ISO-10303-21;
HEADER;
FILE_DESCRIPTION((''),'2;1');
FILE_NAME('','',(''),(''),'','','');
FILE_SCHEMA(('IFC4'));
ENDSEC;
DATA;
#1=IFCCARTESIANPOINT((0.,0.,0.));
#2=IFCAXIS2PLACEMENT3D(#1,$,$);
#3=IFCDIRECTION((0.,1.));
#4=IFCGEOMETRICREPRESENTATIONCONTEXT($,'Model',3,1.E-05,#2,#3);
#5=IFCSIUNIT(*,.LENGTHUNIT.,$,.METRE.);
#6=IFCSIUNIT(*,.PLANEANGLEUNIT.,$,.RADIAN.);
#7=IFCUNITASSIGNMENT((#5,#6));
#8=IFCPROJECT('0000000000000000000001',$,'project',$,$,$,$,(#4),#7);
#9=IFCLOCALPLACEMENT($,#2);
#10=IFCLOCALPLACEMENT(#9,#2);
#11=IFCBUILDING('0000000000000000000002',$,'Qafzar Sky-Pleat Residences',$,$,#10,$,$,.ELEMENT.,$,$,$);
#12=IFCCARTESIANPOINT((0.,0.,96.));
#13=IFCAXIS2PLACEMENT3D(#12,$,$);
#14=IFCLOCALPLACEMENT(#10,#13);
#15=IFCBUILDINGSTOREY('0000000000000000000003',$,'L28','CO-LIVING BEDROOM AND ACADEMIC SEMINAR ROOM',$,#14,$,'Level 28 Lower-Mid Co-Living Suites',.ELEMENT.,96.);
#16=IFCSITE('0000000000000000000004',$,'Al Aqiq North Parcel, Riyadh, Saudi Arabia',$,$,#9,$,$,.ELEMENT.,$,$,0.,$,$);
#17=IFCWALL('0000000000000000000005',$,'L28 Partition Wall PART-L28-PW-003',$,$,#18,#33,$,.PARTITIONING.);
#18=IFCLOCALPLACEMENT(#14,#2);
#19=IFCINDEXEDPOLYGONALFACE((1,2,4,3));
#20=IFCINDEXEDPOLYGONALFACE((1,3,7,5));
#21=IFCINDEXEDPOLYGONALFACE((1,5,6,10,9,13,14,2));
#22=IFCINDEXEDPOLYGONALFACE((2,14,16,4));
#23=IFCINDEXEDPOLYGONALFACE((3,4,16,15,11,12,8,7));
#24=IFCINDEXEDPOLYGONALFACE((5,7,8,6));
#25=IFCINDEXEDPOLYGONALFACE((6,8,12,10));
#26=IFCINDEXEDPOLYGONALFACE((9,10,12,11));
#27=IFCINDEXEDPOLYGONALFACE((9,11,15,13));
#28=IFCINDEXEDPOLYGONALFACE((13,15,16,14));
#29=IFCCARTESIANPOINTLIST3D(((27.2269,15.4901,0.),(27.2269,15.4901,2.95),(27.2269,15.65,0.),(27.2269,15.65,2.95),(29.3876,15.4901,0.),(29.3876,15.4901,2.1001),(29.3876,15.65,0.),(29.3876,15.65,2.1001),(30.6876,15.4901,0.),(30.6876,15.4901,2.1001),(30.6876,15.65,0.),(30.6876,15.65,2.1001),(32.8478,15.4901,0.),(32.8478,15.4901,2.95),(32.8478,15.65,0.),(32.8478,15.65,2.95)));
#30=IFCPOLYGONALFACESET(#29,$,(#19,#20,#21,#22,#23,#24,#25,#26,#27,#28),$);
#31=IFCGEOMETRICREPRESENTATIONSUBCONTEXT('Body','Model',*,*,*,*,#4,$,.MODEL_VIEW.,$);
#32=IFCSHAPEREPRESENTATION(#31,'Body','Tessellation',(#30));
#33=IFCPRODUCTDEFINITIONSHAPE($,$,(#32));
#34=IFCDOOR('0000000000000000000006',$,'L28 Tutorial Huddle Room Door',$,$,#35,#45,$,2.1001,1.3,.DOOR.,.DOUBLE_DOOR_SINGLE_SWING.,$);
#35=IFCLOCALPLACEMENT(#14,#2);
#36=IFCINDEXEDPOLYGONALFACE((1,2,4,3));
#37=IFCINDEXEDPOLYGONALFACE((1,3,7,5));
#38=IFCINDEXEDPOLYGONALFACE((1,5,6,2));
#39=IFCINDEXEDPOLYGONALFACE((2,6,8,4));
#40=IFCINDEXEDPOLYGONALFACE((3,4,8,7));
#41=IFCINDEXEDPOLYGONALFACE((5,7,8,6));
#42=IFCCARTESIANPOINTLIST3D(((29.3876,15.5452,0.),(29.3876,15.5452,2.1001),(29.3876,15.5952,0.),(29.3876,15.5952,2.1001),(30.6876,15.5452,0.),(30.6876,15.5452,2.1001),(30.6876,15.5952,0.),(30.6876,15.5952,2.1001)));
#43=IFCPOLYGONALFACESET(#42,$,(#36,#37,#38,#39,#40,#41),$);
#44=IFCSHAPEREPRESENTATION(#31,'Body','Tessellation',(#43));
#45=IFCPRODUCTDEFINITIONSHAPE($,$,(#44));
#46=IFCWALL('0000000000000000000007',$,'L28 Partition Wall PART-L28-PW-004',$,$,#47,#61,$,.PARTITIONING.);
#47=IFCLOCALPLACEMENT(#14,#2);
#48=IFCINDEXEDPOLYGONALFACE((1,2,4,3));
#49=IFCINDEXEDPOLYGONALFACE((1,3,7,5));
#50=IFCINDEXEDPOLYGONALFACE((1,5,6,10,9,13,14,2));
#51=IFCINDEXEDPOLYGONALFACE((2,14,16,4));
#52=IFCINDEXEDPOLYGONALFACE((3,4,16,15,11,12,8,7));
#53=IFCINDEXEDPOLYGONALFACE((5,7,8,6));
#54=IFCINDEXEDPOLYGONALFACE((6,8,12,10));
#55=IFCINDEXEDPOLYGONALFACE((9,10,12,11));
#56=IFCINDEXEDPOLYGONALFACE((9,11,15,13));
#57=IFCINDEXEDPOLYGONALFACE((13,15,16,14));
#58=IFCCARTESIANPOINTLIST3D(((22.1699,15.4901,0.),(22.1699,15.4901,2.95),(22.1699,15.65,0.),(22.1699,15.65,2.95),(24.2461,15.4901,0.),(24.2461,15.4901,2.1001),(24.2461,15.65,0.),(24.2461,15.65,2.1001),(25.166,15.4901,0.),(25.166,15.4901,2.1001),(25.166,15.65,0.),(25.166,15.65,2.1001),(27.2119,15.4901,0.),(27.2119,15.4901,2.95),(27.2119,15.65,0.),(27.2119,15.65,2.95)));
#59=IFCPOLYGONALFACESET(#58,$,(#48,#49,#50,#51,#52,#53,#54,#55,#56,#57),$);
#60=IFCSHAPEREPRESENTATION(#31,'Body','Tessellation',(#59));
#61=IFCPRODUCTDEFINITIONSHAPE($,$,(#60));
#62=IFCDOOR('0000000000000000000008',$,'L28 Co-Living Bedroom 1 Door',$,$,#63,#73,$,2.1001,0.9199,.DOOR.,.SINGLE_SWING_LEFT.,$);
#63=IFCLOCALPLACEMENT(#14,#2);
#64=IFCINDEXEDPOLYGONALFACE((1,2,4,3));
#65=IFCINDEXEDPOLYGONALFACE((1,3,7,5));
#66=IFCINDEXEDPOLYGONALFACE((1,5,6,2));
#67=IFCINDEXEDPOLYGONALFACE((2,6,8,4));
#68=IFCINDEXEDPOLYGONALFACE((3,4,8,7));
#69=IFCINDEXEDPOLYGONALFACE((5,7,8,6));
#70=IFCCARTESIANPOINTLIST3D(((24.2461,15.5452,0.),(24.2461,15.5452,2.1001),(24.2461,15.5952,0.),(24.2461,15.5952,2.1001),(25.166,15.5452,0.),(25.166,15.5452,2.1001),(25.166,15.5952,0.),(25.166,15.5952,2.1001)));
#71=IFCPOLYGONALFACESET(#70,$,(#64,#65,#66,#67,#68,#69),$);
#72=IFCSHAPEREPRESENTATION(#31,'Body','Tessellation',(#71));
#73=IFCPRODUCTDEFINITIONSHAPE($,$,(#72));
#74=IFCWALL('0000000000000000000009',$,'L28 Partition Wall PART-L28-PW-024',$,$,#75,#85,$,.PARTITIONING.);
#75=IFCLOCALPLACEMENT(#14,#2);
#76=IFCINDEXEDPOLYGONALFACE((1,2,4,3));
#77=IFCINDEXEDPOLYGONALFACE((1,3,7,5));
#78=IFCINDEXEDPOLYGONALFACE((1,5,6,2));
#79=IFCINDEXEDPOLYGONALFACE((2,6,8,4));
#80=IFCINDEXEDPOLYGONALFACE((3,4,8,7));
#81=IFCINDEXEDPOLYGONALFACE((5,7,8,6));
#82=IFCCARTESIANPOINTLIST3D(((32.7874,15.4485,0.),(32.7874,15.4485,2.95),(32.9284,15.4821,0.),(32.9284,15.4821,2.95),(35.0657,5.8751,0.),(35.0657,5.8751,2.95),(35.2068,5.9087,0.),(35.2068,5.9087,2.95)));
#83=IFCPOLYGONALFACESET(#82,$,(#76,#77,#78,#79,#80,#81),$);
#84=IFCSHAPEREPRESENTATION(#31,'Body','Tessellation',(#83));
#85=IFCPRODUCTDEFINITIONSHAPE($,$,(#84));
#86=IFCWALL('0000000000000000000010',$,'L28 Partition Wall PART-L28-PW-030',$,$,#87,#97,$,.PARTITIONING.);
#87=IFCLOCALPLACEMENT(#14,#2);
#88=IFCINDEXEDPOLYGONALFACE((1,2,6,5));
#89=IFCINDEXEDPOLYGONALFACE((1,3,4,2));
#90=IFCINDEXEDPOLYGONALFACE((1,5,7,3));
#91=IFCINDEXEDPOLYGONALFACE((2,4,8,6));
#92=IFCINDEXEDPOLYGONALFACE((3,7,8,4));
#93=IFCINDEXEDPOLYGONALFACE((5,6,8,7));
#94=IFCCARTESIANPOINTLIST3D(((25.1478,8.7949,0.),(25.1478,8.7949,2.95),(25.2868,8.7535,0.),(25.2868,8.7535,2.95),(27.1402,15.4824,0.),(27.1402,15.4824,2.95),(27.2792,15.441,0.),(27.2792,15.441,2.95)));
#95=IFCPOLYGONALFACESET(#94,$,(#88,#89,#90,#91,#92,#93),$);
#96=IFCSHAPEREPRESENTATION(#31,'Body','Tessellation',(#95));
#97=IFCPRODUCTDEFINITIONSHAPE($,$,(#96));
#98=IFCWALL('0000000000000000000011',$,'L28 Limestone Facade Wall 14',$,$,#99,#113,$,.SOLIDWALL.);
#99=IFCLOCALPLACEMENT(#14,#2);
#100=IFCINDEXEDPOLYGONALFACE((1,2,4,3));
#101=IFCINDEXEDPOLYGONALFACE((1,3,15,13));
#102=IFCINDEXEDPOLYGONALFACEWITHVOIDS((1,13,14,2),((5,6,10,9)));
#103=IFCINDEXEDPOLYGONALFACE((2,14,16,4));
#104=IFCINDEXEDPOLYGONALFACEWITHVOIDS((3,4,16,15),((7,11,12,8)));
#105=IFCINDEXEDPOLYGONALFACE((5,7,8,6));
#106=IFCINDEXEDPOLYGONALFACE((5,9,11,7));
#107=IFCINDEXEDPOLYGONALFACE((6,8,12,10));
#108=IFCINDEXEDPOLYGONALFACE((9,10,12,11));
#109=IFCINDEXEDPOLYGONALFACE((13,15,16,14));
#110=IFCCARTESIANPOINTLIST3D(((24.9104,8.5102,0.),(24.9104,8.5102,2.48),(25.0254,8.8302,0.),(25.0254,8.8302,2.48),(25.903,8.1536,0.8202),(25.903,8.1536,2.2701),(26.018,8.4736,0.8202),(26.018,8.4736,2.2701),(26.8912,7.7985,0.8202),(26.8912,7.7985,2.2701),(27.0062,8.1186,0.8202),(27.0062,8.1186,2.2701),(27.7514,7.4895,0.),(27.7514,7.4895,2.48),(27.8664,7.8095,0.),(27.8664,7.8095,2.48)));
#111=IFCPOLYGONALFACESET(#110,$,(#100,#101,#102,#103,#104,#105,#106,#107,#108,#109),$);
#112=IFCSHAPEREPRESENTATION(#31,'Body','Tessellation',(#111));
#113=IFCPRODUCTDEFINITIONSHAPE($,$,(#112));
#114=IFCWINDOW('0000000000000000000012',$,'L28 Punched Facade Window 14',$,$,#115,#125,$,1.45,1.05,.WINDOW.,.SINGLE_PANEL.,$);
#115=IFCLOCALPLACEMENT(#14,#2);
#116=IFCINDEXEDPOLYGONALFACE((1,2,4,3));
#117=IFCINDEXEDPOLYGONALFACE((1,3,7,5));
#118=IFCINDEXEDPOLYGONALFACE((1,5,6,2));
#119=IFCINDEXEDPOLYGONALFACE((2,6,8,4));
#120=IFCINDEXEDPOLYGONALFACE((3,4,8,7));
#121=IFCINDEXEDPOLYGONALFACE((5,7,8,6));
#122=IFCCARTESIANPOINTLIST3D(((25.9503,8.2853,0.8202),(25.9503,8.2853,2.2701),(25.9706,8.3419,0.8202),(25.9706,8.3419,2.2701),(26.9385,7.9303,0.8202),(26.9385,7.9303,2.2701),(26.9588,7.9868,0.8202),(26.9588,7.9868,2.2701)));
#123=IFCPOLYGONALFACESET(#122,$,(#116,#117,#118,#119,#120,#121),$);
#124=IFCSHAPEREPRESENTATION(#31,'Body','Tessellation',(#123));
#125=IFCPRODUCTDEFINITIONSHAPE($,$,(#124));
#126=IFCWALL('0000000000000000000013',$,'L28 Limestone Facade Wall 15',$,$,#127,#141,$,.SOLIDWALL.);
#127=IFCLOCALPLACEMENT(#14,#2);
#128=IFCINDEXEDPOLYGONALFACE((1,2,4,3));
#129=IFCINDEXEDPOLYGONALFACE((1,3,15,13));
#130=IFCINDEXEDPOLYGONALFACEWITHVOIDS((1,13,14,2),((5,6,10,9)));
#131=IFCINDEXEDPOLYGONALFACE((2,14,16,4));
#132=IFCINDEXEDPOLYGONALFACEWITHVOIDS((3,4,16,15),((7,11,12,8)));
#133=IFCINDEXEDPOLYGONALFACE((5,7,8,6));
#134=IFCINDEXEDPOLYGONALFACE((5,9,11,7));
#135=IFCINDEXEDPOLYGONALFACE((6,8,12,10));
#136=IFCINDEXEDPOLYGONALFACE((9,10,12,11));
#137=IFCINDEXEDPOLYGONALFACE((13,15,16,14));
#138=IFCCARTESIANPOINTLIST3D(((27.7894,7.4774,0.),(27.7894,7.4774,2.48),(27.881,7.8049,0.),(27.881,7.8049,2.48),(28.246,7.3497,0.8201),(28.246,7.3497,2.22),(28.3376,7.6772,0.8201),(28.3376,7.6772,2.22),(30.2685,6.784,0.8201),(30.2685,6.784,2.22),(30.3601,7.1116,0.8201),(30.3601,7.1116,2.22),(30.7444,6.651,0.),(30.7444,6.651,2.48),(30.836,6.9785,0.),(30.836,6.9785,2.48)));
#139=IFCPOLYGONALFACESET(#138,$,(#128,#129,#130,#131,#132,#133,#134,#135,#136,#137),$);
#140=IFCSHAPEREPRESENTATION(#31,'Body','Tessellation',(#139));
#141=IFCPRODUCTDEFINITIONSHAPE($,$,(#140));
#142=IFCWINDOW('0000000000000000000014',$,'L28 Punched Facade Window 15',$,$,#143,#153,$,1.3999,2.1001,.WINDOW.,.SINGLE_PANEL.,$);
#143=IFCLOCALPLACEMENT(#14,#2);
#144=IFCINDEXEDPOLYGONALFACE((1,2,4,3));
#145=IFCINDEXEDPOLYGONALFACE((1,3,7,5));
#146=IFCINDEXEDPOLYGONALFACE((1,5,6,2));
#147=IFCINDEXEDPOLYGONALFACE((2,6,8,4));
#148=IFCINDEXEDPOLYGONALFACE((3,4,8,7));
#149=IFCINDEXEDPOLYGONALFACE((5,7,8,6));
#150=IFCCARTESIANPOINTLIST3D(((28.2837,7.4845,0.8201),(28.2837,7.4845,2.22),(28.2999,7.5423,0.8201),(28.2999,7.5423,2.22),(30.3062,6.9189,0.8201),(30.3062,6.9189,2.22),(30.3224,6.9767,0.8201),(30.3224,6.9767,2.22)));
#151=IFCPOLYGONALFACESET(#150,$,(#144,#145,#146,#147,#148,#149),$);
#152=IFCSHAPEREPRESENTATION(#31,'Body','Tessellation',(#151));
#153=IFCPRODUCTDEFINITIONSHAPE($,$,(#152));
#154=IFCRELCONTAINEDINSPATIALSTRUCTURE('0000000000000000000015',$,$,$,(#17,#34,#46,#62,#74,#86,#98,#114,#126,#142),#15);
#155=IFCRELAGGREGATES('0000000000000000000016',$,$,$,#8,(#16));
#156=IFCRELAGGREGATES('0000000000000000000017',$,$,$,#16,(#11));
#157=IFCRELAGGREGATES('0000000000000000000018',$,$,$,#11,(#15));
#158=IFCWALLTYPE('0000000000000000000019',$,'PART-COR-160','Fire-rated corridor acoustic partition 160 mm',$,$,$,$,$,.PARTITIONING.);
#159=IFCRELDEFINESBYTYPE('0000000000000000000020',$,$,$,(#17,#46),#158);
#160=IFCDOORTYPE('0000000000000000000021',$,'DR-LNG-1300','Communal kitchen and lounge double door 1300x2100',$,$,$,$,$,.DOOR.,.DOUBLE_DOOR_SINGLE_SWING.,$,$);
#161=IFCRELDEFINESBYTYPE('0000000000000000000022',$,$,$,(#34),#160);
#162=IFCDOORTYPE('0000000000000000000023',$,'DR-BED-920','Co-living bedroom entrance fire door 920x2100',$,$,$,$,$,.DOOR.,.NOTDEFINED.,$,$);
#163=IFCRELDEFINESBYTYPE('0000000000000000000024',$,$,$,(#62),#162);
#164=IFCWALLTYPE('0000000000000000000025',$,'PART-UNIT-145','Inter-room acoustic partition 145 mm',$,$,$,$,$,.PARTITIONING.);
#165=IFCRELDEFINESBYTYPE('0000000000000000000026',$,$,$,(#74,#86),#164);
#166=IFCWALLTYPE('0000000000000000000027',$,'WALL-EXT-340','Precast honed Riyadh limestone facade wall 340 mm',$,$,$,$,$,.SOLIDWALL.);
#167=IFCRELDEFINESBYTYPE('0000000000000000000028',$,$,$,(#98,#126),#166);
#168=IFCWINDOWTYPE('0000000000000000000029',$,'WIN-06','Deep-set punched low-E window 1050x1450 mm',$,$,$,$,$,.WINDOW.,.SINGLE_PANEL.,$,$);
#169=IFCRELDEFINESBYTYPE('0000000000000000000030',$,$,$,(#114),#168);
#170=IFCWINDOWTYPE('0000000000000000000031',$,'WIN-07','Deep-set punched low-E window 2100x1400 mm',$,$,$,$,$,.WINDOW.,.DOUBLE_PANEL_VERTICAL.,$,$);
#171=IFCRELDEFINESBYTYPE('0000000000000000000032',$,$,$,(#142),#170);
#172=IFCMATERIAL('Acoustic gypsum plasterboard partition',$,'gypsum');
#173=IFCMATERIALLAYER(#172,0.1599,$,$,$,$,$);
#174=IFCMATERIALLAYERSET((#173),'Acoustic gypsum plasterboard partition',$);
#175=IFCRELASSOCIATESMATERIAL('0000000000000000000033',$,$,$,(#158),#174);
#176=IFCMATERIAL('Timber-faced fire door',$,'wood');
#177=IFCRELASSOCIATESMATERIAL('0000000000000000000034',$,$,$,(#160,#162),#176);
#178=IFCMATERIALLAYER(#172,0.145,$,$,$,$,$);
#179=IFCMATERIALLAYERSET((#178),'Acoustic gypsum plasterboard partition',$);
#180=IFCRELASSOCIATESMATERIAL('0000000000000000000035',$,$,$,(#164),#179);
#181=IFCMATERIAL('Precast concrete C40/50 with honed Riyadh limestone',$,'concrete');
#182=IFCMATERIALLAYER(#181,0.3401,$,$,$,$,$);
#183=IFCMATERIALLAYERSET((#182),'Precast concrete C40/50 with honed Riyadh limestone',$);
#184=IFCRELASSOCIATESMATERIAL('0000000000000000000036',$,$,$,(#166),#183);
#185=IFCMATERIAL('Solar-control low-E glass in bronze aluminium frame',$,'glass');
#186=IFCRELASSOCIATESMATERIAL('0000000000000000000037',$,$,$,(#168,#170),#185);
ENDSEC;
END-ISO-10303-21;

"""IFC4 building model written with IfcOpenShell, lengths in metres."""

from ifc_helpers import new_model, si_unit, direction, frame, frame_2d, origin, place, context, subcontext, project, spatial, rectangle, extrude, source, transform, mapped, material, layer, layer_set, type_object, element, fill, save


model = new_model("IFC4")

# Units and contexts
model_context = context("Model", 3, precision=1e-05, world=origin(), true_north=direction((0.0, 1.0)))
body_context = subcontext(model_context, "Body", "Model", "MODEL_VIEW")
ifc_project = project(units=[si_unit("LENGTHUNIT", "METRE"), si_unit("PLANEANGLEUNIT", "RADIAN")], contexts=[model_context])

# Site, building, storey
site_placement = place(None, origin())
site = spatial("IfcSite", under=ifc_project, at=site_placement, Name="Al Aqiq North Parcel, Riyadh, Saudi Arabia", CompositionType="ELEMENT", RefElevation=0.0)
building_placement = place(site_placement, origin())
building = spatial("IfcBuilding", under=site, at=building_placement, Name="Qafzar Sky-Pleat Residences", CompositionType="ELEMENT")
storey_placement = place(building_placement, frame((0.0, 0.0, 96.0)))
storey = spatial("IfcBuildingStorey", under=building, at=storey_placement, Name="L28", Description="CO-LIVING BEDROOM AND ACADEMIC SEMINAR ROOM", LongName="Level 28 Lower-Mid Co-Living Suites", CompositionType="ELEMENT", Elevation=96.0)

# Walls, openings, doors
ifc_material_1 = material(Name="Acoustic gypsum plasterboard partition", Category="gypsum")
ifc_layer_1 = layer(ifc_material_1, 0.1599)
ifc_layer_set_1 = layer_set([ifc_layer_1], Name="Acoustic gypsum plasterboard partition")
wall_type_1 = type_object("IfcWallType", Name="PART-COR-160", Description="Fire-rated corridor acoustic partition 160 mm", PredefinedType="PARTITIONING", material=ifc_layer_set_1)
wall_1_placement = place(storey_placement, frame((32.8479, 15.5701, 0.0), z_axis=(0.0, 0.0, 1.0), x_axis=(-1.0, 0.0, 0.0)))
wall_1 = element("IfcWall", 1, at=wall_1_placement, inside=storey, type_object=wall_type_1, Name="L28 Partition Wall PART-L28-PW-003", PredefinedType="PARTITIONING", context=body_context, shape_type="SweptSolid", body=[
    extrude(rectangle(XDim=5.6208, YDim=0.1599, at=frame_2d((2.8105, 0.0))), origin(), (0.0, 0.0, 1.0), 2.95),
])
opening_1_placement = place(wall_1_placement, frame((2.1604, 0.0, 0.0)))
opening_1 = element("IfcOpeningElement", 2, at=opening_1_placement, cuts=wall_1, PredefinedType="OPENING", context=body_context, shape_type="SweptSolid", body=[
    extrude(rectangle(XDim=1.3, YDim=2.1001, at=frame_2d((0.6499, 1.05))), frame((0.0, 0.0898, 0.0), z_axis=(0.0, -1.0, 0.0), x_axis=(1.0, 0.0, 0.0)), (0.0, 0.0, 1.0), 0.1799),
])
ifc_material_2 = material(Name="Timber-faced fire door", Category="wood")
door_type_1 = type_object("IfcDoorType", Name="DR-LNG-1300", Description="Communal kitchen and lounge double door 1300x2100", OperationType="DOUBLE_DOOR_SINGLE_SWING", PredefinedType="DOOR", material=ifc_material_2)
shared_shape_1 = source(origin(), body_context, "Body", "SweptSolid", [
    extrude(rectangle(XDim=1.3, YDim=2.1001, at=frame_2d((0.6499, 1.05))), frame((0.0, 0.0249, 0.0), z_axis=(0.0, -1.0, 0.0), x_axis=(1.0, 0.0, 0.0)), (0.0, 0.0, 1.0), 0.05),
])
door_1_placement = place(opening_1_placement, origin())
door_1 = element("IfcDoor", 3, at=door_1_placement, inside=storey, type_object=door_type_1, Name="L28 Tutorial Huddle Room Door", OperationType="DOUBLE_DOOR_SINGLE_SWING", OverallHeight=2.1001, OverallWidth=1.3, PredefinedType="DOOR", context=body_context, shape_type="MappedRepresentation", body=[
    mapped(shared_shape_1, transform((0.0, 0.0, 0.0), x_axis=(1.0, 0.0, 0.0), y_axis=(0.0, 1.0, 0.0), z_axis=(0.0, 0.0, 1.0), scale=1.0)),
])
fill(opening_1, door_1)
wall_2_placement = place(storey_placement, frame((27.2119, 15.5701, 0.0), z_axis=(0.0, 0.0, 1.0), x_axis=(-1.0, 0.0, 0.0)))
wall_2 = element("IfcWall", 4, at=wall_2_placement, inside=storey, type_object=wall_type_1, Name="L28 Partition Wall PART-L28-PW-004", PredefinedType="PARTITIONING", context=body_context, shape_type="SweptSolid", body=[
    extrude(rectangle(XDim=5.042, YDim=0.1599, at=frame_2d((2.521, 0.0))), origin(), (0.0, 0.0, 1.0), 2.95),
])
opening_2_placement = place(wall_2_placement, frame((2.0459, 0.0, 0.0)))
opening_2 = element("IfcOpeningElement", 5, at=opening_2_placement, cuts=wall_2, PredefinedType="OPENING", context=body_context, shape_type="SweptSolid", body=[
    extrude(rectangle(XDim=0.9199, YDim=2.1001, at=frame_2d((0.46, 1.05))), frame((0.0, 0.0898, 0.0), z_axis=(0.0, -1.0, 0.0), x_axis=(1.0, 0.0, 0.0)), (0.0, 0.0, 1.0), 0.1799),
])
door_type_2 = type_object("IfcDoorType", Name="DR-BED-920", Description="Co-living bedroom entrance fire door 920x2100", OperationType="NOTDEFINED", PredefinedType="DOOR", material=ifc_material_2)
shared_shape_2 = source(origin(), body_context, "Body", "SweptSolid", [
    extrude(rectangle(XDim=0.9199, YDim=2.1001, at=frame_2d((0.46, 1.05))), frame((0.0, 0.0249, 0.0), z_axis=(0.0, -1.0, 0.0), x_axis=(1.0, 0.0, 0.0)), (0.0, 0.0, 1.0), 0.05),
])
door_2_placement = place(opening_2_placement, origin())
door_2 = element("IfcDoor", 6, at=door_2_placement, inside=storey, type_object=door_type_2, Name="L28 Co-Living Bedroom 1 Door", OperationType="SINGLE_SWING_LEFT", OverallHeight=2.1001, OverallWidth=0.9199, PredefinedType="DOOR", context=body_context, shape_type="MappedRepresentation", body=[
    mapped(shared_shape_2, transform((0.0, 0.0, 0.0), x_axis=(1.0, 0.0, 0.0), y_axis=(0.0, 1.0, 0.0), z_axis=(0.0, 0.0, 1.0), scale=1.0)),
])
fill(opening_2, door_2)

# Walls
ifc_layer_2 = layer(ifc_material_1, 0.145)
ifc_layer_set_2 = layer_set([ifc_layer_2], Name="Acoustic gypsum plasterboard partition")
wall_type_2 = type_object("IfcWallType", Name="PART-UNIT-145", Description="Inter-room acoustic partition 145 mm", PredefinedType="PARTITIONING", material=ifc_layer_set_2)
wall_3_placement = place(storey_placement, frame((32.8579, 15.4653, 0.0), z_axis=(0.0, 0.0, 1.0), x_axis=(0.231517, -0.972831, 0.0)))
element("IfcWall", 7, at=wall_3_placement, inside=storey, type_object=wall_type_2, Name="L28 Partition Wall PART-L28-PW-024", PredefinedType="PARTITIONING", context=body_context, shape_type="SweptSolid", body=[
    extrude(rectangle(XDim=9.8408, YDim=0.145, at=frame_2d((4.9204, 0.0))), origin(), (0.0, 0.0, 1.0), 2.95),
])
wall_4_placement = place(storey_placement, frame((25.2173, 8.7742, 0.0), z_axis=(0.0, 0.0, 1.0), x_axis=(0.285531, 0.95837, 0.0)))
element("IfcWall", 8, at=wall_4_placement, inside=storey, type_object=wall_type_2, Name="L28 Partition Wall PART-L28-PW-030", PredefinedType="PARTITIONING", context=body_context, shape_type="SweptSolid", body=[
    extrude(rectangle(XDim=6.978, YDim=0.145, at=frame_2d((3.489, 0.0))), origin(), (0.0, 0.0, 1.0), 2.95),
])

# Walls, openings, windows
ifc_material_3 = material(Name="Precast concrete C40/50 with honed Riyadh limestone", Category="concrete")
ifc_layer_3 = layer(ifc_material_3, 0.3401)
ifc_layer_set_3 = layer_set([ifc_layer_3], Name="Precast concrete C40/50 with honed Riyadh limestone")
wall_type_3 = type_object("IfcWallType", Name="WALL-EXT-340", Description="Precast honed Riyadh limestone facade wall 340 mm", PredefinedType="SOLIDWALL", material=ifc_layer_set_3)
wall_5_placement = place(storey_placement, frame((24.968, 8.6702, 0.0), z_axis=(0.0, 0.0, 1.0), x_axis=(0.941102, -0.338124, 0.0)))
wall_5 = element("IfcWall", 9, at=wall_5_placement, inside=storey, type_object=wall_type_3, Name="L28 Limestone Facade Wall 14", PredefinedType="SOLIDWALL", context=body_context, shape_type="SweptSolid", body=[
    extrude(rectangle(XDim=3.0188, YDim=0.3401, at=frame_2d((1.5093, 0.0))), origin(), (0.0, 0.0, 1.0), 2.48),
])
opening_3_placement = place(wall_5_placement, frame((1.0547, 0.0, 0.8201)))
opening_3 = element("IfcOpeningElement", 10, at=opening_3_placement, cuts=wall_5, PredefinedType="OPENING", context=body_context, shape_type="SweptSolid", body=[
    extrude(rectangle(XDim=1.05, YDim=1.45, at=frame_2d((0.5249, 0.7251))), frame((0.0, 0.1802, 0.0), z_axis=(0.0, -1.0, 0.0), x_axis=(1.0, 0.0, 0.0)), (0.0, 0.0, 1.0), 0.3601),
])
ifc_material_4 = material(Name="Solar-control low-E glass in bronze aluminium frame", Category="glass")
window_type_1 = type_object("IfcWindowType", Name="WIN-06", Description="Deep-set punched low-E window 1050x1450 mm", PartitioningType="SINGLE_PANEL", PredefinedType="WINDOW", material=ifc_material_4)
shared_shape_3 = source(origin(), body_context, "Body", "SweptSolid", [
    extrude(rectangle(XDim=1.05, YDim=1.45, at=frame_2d((0.5249, 0.7251))), frame((0.0, 0.03, 0.0), z_axis=(0.0, -1.0, 0.0), x_axis=(1.0, 0.0, 0.0)), (0.0, 0.0, 1.0), 0.0601),
])
window_1_placement = place(opening_3_placement, origin())
window_1 = element("IfcWindow", 11, at=window_1_placement, inside=storey, type_object=window_type_1, Name="L28 Punched Facade Window 14", OverallHeight=1.45, OverallWidth=1.05, PartitioningType="SINGLE_PANEL", PredefinedType="WINDOW", context=body_context, shape_type="MappedRepresentation", body=[
    mapped(shared_shape_3, transform((0.0, 0.0, 0.0), x_axis=(1.0, 0.0, 0.0), y_axis=(0.0, 1.0, 0.0), z_axis=(0.0, 0.0, 1.0), scale=1.0)),
])
fill(opening_3, window_1)
wall_6_placement = place(storey_placement, frame((27.8352, 7.6411, 0.0), z_axis=(0.0, 0.0, 1.0), x_axis=(0.963049, -0.269326, 0.0)))
wall_6 = element("IfcWall", 12, at=wall_6_placement, inside=storey, type_object=wall_type_3, Name="L28 Limestone Facade Wall 15", PredefinedType="SOLIDWALL", context=body_context, shape_type="SweptSolid", body=[
    extrude(rectangle(XDim=3.0684, YDim=0.3401, at=frame_2d((1.5342, 0.0))), origin(), (0.0, 0.0, 1.0), 2.48),
])
opening_4_placement = place(wall_6_placement, frame((0.4741, 0.0, 0.8201)))
opening_4 = element("IfcOpeningElement", 13, at=opening_4_placement, cuts=wall_6, PredefinedType="OPENING", context=body_context, shape_type="SweptSolid", body=[
    extrude(rectangle(XDim=2.1001, YDim=1.3999, at=frame_2d((1.05, 0.7))), frame((0.0, 0.1802, 0.0), z_axis=(0.0, -1.0, 0.0), x_axis=(1.0, 0.0, 0.0)), (0.0, 0.0, 1.0), 0.3601),
])
window_type_2 = type_object("IfcWindowType", Name="WIN-07", Description="Deep-set punched low-E window 2100x1400 mm", PartitioningType="DOUBLE_PANEL_VERTICAL", PredefinedType="WINDOW", material=ifc_material_4)
shared_shape_4 = source(origin(), body_context, "Body", "SweptSolid", [
    extrude(rectangle(XDim=2.1001, YDim=1.3999, at=frame_2d((1.05, 0.7))), frame((0.0, 0.03, 0.0), z_axis=(0.0, -1.0, 0.0), x_axis=(1.0, 0.0, 0.0)), (0.0, 0.0, 1.0), 0.0601),
])
window_2_placement = place(opening_4_placement, origin())
window_2 = element("IfcWindow", 14, at=window_2_placement, inside=storey, type_object=window_type_2, Name="L28 Punched Facade Window 15", OverallHeight=1.3999, OverallWidth=2.1001, PartitioningType="SINGLE_PANEL", PredefinedType="WINDOW", context=body_context, shape_type="MappedRepresentation", body=[
    mapped(shared_shape_4, transform((0.0, 0.0, 0.0), x_axis=(1.0, 0.0, 0.0), y_axis=(0.0, 1.0, 0.0), z_axis=(0.0, 0.0, 1.0), scale=1.0)),
])
fill(opening_4, window_2)

save(model, "model.ifc")
